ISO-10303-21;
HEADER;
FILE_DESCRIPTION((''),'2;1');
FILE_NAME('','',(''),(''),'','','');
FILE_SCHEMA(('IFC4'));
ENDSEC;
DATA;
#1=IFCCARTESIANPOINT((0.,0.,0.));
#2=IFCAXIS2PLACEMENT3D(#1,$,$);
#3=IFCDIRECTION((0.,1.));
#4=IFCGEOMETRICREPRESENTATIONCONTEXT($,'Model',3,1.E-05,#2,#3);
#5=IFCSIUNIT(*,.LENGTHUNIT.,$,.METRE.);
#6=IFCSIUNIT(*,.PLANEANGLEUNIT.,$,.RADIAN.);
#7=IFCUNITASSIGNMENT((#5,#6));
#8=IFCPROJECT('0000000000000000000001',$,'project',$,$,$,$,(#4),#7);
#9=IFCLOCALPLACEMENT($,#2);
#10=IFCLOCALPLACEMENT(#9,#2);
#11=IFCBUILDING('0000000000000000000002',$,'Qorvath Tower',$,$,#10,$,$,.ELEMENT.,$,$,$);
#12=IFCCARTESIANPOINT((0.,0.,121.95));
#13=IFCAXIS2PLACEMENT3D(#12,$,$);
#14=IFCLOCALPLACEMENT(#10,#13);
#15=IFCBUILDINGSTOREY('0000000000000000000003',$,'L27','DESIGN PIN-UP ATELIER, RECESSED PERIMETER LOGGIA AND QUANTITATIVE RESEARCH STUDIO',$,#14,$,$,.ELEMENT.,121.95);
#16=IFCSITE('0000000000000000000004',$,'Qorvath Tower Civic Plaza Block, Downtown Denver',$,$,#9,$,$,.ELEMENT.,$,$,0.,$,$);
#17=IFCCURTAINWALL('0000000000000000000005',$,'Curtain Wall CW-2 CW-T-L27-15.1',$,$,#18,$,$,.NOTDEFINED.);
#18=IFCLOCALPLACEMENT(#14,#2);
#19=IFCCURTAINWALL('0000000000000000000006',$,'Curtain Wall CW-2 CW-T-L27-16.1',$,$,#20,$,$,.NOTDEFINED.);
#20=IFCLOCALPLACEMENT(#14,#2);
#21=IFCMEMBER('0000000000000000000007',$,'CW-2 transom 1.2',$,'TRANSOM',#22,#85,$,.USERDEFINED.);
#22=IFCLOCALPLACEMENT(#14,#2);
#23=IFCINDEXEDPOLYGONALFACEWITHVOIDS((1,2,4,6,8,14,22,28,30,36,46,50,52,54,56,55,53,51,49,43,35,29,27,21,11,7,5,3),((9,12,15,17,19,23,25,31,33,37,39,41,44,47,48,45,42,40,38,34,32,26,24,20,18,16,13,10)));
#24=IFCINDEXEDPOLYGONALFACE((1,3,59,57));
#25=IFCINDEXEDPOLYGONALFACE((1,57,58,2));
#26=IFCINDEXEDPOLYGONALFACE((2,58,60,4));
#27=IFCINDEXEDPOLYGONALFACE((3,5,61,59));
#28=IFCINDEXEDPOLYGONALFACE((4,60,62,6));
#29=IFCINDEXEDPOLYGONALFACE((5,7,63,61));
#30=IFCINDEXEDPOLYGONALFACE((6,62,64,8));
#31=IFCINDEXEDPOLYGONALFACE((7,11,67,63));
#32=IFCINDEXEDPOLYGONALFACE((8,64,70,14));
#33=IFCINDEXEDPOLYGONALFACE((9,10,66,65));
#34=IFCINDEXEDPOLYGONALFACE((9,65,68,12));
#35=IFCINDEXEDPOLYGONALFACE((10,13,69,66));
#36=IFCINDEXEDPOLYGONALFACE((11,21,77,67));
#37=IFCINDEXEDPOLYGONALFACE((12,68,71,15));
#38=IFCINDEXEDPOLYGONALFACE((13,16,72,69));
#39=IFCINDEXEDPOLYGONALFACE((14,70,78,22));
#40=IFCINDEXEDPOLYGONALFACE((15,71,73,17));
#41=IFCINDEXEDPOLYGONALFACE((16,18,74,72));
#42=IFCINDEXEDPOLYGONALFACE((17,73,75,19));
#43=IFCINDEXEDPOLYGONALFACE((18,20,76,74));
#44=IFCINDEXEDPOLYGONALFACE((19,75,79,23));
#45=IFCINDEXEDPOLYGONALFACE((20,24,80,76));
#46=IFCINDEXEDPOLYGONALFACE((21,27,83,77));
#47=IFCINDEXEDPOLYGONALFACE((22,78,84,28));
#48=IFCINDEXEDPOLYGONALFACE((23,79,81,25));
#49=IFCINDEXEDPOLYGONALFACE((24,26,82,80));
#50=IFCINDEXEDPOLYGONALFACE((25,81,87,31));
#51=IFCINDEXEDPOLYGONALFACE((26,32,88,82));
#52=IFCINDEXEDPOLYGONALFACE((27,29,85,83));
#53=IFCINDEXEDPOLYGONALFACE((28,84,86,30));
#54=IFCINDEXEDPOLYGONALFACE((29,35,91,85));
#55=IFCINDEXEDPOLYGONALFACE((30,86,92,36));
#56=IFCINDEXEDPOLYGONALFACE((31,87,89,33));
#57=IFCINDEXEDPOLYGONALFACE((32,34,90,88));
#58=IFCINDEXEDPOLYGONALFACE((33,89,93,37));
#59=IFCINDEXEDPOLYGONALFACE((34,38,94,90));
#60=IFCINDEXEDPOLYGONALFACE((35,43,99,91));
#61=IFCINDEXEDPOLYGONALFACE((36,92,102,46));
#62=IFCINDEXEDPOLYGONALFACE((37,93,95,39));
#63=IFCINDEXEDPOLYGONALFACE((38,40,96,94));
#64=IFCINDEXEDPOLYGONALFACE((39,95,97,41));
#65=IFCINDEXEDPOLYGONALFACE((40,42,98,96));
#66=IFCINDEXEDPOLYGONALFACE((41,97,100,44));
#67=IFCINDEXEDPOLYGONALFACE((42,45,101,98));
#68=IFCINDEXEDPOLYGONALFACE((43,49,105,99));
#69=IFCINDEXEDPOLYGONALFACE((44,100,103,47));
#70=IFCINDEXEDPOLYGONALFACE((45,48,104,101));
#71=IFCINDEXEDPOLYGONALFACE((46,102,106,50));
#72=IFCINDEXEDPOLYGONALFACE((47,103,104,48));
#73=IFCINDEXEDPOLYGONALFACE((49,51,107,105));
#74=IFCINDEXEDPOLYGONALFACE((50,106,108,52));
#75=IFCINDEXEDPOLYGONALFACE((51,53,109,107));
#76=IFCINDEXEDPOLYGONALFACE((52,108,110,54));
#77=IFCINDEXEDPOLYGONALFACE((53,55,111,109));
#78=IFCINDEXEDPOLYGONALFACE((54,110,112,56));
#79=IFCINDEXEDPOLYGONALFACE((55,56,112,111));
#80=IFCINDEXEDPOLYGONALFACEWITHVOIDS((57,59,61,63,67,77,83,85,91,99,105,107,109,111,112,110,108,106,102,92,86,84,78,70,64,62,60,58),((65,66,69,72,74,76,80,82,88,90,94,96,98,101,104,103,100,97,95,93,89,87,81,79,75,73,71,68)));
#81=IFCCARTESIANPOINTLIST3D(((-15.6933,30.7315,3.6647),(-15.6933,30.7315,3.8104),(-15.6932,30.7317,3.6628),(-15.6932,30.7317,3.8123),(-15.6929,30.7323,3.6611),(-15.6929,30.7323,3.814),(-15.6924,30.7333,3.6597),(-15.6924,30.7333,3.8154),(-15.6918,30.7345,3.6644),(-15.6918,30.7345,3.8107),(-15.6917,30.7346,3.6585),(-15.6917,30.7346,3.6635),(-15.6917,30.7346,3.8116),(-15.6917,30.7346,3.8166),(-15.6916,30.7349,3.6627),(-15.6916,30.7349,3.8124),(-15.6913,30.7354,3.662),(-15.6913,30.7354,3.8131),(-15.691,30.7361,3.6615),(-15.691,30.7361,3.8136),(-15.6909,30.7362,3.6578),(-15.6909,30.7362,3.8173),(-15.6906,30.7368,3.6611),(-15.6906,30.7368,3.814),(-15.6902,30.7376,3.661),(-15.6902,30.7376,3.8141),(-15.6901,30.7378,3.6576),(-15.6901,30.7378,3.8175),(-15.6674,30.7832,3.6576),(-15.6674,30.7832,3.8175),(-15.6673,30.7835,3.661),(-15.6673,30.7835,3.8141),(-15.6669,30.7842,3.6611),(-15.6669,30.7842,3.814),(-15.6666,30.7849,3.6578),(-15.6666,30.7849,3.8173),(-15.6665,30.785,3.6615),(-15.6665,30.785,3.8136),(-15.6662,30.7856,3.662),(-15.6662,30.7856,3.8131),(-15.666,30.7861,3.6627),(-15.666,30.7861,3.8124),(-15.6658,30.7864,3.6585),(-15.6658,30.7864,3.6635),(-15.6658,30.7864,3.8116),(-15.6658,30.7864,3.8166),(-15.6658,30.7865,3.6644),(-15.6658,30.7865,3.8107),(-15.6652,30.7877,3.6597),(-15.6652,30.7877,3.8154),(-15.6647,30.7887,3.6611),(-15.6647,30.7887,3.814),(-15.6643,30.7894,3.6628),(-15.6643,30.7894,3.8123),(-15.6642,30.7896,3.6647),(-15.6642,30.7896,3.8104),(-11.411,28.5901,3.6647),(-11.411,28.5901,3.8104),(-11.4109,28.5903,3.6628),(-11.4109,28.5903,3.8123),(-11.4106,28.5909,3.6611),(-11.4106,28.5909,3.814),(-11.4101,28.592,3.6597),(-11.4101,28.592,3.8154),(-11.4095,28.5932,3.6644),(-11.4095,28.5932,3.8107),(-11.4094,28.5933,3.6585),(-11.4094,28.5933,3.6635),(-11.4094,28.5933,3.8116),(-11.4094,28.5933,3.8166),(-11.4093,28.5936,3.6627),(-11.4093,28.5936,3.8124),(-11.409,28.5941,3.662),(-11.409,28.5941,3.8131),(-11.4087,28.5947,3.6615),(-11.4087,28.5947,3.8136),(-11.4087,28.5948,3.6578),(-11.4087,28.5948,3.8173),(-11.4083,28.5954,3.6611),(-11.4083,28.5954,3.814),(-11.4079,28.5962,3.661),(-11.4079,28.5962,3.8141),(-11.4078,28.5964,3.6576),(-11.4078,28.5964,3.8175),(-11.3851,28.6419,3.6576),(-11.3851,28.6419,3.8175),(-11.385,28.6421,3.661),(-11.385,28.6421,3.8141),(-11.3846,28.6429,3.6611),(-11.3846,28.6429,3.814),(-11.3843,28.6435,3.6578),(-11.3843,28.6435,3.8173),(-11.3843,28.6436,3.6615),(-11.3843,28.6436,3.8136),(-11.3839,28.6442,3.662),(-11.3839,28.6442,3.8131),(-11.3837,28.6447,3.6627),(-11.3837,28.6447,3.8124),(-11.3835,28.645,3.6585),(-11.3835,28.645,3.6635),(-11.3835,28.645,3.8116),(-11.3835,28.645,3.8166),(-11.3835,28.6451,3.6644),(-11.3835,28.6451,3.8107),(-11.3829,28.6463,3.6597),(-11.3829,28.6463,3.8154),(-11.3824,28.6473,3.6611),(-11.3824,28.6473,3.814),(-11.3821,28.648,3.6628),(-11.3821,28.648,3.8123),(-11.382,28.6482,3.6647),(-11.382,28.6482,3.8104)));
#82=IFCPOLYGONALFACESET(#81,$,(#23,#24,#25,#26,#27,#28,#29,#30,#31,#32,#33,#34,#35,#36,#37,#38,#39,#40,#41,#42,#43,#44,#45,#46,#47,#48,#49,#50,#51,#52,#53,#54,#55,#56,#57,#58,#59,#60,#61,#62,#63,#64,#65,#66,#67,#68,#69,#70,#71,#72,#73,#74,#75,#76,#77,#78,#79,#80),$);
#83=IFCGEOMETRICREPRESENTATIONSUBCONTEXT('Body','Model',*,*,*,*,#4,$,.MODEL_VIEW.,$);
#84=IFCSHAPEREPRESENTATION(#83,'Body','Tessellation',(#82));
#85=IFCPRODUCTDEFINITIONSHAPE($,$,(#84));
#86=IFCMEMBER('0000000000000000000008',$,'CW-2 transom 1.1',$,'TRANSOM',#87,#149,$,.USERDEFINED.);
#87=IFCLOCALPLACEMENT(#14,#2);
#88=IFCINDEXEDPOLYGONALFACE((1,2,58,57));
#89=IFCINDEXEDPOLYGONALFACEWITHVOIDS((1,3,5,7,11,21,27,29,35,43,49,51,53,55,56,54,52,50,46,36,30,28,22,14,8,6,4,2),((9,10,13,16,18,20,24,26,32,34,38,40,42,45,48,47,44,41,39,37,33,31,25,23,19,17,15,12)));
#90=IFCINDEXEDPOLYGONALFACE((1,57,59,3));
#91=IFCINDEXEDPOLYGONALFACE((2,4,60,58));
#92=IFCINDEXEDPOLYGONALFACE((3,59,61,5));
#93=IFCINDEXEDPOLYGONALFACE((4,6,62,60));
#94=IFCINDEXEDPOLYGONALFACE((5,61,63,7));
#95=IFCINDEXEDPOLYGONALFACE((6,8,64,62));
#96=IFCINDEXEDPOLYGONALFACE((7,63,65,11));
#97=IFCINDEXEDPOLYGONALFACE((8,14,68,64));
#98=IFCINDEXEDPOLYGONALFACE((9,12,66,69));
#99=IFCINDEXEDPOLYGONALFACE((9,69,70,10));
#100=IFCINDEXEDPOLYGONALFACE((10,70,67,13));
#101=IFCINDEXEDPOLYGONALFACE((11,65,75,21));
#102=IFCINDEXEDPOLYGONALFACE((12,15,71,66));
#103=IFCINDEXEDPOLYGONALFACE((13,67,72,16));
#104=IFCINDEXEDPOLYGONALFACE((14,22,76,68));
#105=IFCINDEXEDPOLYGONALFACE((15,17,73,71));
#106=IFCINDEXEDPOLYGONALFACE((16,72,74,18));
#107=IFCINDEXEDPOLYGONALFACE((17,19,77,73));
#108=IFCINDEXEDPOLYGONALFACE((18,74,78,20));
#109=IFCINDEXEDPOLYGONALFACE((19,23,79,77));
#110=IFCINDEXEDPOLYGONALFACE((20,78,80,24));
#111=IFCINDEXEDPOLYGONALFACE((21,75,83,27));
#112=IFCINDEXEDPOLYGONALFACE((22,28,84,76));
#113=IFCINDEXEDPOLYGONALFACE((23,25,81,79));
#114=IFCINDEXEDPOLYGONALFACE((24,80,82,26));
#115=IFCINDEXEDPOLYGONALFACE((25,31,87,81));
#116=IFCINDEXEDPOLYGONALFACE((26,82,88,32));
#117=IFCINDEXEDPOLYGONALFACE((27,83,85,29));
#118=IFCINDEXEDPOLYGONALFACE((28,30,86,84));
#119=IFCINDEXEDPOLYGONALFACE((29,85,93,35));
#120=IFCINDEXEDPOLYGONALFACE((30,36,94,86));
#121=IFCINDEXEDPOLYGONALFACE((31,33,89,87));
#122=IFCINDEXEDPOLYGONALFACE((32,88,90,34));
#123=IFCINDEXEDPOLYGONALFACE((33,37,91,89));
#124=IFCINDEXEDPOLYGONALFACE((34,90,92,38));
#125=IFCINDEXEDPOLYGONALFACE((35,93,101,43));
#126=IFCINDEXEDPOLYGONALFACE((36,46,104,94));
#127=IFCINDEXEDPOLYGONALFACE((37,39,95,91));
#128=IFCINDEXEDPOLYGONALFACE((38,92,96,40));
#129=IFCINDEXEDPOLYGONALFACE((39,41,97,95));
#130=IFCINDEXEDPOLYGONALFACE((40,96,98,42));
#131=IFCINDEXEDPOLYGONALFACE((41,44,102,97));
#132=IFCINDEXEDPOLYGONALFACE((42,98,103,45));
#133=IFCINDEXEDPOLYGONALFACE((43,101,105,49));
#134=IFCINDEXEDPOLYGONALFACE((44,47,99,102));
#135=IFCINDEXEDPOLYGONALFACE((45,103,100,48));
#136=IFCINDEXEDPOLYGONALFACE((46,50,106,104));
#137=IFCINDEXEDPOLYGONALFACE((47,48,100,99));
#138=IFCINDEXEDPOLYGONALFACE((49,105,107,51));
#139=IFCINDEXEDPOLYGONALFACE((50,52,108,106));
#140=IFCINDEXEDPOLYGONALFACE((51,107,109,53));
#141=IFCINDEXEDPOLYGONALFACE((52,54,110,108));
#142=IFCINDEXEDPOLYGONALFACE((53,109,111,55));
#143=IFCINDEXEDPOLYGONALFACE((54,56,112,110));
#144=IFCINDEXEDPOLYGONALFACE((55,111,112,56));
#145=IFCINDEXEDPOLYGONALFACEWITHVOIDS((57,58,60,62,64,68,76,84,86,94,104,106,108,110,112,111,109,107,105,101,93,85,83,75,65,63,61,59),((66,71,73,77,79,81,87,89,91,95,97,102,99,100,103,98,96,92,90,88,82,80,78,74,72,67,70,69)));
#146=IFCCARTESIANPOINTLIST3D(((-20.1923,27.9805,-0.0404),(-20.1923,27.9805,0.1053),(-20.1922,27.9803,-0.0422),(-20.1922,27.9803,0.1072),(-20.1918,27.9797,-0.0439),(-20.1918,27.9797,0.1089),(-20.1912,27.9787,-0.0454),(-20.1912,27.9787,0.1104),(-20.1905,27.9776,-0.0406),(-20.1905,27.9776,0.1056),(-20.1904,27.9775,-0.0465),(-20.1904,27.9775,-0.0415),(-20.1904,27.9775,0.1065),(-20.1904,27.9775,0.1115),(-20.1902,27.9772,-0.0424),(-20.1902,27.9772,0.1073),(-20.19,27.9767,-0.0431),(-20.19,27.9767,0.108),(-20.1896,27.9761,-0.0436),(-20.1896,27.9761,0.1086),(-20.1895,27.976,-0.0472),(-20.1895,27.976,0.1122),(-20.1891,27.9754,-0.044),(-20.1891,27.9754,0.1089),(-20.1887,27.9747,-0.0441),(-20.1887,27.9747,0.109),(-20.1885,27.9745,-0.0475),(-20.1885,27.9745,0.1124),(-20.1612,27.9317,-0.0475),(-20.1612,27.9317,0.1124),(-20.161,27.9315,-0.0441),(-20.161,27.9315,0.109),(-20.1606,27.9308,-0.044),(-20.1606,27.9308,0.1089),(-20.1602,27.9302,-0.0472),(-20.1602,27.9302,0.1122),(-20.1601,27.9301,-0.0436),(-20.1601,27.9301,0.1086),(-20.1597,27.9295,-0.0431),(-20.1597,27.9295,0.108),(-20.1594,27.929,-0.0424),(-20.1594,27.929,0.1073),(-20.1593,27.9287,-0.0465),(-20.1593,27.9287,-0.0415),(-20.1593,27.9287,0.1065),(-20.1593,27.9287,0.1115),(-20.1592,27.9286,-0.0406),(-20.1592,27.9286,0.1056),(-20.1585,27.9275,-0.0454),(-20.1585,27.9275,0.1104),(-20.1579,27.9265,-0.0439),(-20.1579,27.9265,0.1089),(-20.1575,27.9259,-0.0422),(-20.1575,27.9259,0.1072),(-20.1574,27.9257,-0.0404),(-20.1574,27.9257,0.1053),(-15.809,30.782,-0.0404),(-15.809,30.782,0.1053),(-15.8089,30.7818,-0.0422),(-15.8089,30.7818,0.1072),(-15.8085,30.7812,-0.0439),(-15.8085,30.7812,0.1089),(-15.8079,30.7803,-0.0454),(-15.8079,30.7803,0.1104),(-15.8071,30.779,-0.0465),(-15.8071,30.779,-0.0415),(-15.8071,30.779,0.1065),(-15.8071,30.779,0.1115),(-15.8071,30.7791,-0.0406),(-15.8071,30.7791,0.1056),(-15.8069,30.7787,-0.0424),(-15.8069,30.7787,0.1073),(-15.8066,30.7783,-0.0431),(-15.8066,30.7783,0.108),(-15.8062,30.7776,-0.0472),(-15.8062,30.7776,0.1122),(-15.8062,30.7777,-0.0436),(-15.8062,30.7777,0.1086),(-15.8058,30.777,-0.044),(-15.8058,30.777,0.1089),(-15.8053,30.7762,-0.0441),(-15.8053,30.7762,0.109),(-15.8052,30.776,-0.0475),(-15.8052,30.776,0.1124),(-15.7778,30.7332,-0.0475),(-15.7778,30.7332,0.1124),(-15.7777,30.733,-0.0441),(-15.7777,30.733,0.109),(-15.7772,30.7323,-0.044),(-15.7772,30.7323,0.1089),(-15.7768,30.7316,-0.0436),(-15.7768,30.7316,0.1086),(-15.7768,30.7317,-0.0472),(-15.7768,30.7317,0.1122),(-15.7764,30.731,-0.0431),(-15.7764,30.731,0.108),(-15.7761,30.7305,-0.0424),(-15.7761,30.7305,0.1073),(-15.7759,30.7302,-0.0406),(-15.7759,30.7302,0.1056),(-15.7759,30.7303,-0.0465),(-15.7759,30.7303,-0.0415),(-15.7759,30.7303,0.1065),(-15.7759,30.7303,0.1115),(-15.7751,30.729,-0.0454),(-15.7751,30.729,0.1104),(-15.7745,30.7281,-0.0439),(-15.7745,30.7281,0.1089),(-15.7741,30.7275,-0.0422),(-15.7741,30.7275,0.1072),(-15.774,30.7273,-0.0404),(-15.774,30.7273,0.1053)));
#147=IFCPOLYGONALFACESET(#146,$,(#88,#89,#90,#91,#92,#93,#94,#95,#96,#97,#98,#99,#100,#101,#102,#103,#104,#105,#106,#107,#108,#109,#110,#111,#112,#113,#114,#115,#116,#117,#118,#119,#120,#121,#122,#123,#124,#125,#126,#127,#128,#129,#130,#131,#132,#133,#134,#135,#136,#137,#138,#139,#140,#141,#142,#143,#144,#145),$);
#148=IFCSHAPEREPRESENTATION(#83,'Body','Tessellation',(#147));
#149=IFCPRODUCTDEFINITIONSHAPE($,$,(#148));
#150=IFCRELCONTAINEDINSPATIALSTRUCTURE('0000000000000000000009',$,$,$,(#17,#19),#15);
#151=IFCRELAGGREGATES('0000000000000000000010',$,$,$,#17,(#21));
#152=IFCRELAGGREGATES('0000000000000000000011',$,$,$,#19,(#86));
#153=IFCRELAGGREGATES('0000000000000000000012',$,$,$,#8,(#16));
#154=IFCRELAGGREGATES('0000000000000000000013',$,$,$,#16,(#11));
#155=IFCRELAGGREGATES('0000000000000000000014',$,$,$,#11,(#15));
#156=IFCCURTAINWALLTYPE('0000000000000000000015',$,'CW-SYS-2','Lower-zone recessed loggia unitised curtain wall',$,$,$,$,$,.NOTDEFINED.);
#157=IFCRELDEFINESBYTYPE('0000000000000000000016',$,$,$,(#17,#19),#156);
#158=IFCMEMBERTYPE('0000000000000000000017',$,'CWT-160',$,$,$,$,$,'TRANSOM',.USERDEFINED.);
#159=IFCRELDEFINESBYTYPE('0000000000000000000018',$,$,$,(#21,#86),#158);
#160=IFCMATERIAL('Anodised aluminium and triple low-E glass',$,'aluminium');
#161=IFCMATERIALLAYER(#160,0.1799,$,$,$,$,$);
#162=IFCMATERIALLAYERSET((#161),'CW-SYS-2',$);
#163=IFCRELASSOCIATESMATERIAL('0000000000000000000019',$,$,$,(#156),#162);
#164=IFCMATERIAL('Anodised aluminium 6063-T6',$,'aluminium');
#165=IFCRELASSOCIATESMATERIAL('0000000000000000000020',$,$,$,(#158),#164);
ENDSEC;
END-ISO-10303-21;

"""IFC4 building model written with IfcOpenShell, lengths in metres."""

from ifc_helpers import new_model, si_unit, direction, frame, origin, origin_2d, place, context, subcontext, project, spatial, hollow_rectangle, extrude, material, layer, layer_set, material_profile, profile_set, type_object, element, aggregate, save


model = new_model("IFC4")

# Units and contexts
model_context = context("Model", 3, precision=1e-05, world=origin(), true_north=direction((0.0, 1.0)))
body_context = subcontext(model_context, "Body", "Model", "MODEL_VIEW")
ifc_project = project(units=[si_unit("LENGTHUNIT", "METRE"), si_unit("PLANEANGLEUNIT", "RADIAN")], contexts=[model_context])

# Site, building, storey
site_placement = place(None, origin())
site = spatial("IfcSite", under=ifc_project, at=site_placement, Name="Qorvath Tower Civic Plaza Block, Downtown Denver", CompositionType="ELEMENT", RefElevation=0.0)
building_placement = place(site_placement, origin())
building = spatial("IfcBuilding", under=site, at=building_placement, Name="Qorvath Tower", CompositionType="ELEMENT")
storey_placement = place(building_placement, frame((0.0, 0.0, 121.95)))
storey = spatial("IfcBuildingStorey", under=building, at=storey_placement, Name="L27", Description="DESIGN PIN-UP ATELIER, RECESSED PERIMETER LOGGIA AND QUANTITATIVE RESEARCH STUDIO", CompositionType="ELEMENT", Elevation=121.95)

# Shared definitions
ifc_material_1 = material(Name="Anodised aluminium and triple low-E glass", Category="aluminium")
ifc_layer_1 = layer(ifc_material_1, 0.1799)
ifc_layer_set_1 = layer_set([ifc_layer_1], Name="CW-SYS-2")
curtain_wall_type = type_object("IfcCurtainWallType", Name="CW-SYS-2", Description="Lower-zone recessed loggia unitised curtain wall", PredefinedType="NOTDEFINED", material=ifc_layer_set_1)

# Curtain wall
curtain_wall_1_placement = place(storey_placement, origin())
curtain_wall_1 = element("IfcCurtainWall", 1, at=curtain_wall_1_placement, inside=storey, type_object=curtain_wall_type, Name="Curtain Wall CW-2 CW-T-L27-15.1", PredefinedType="NOTDEFINED")

# Curtain wall
curtain_wall_2_placement = place(storey_placement, origin())
curtain_wall_2 = element("IfcCurtainWall", 2, at=curtain_wall_2_placement, inside=storey, type_object=curtain_wall_type, Name="Curtain Wall CW-2 CW-T-L27-16.1", PredefinedType="NOTDEFINED")

# Members
ifc_material_2 = material(Name="Anodised aluminium 6063-T6", Category="aluminium")
ifc_material_profile_1 = material_profile(ifc_material_2, hollow_rectangle(XDim=0.0649, YDim=0.1599, WallThickness=0.0034, InnerFilletRadius=0.0034, OuterFilletRadius=0.0071, at=origin_2d()), Name="CWT 160x65")
ifc_profile_set_1 = profile_set([ifc_material_profile_1], Name="Anodised aluminium 6063-T6")
member_type_1 = type_object("IfcMemberType", Name="CWT-160", ElementType="TRANSOM", PredefinedType="USERDEFINED", material=ifc_profile_set_1)
member_1_placement = place(storey_placement, frame((-11.3965, 28.6191, 3.7375), z_axis=(-0.894407, 0.447254, 0.0), x_axis=(-0.447254, -0.894407, 0.0)))
member_1 = element("IfcMember", 3, at=member_1_placement, type_object=member_type_1, Name="CW-2 transom 1.2", ObjectType="TRANSOM", PredefinedType="USERDEFINED", context=body_context, shape_type="SweptSolid", body=[
    extrude(hollow_rectangle(XDim=0.0649, YDim=0.1599, WallThickness=0.0034, InnerFilletRadius=0.0034, OuterFilletRadius=0.0071, at=origin_2d()), origin(), (0.0, 0.0, 1.0), 4.7878),
])
member_2_placement = place(storey_placement, frame((-15.7915, 30.7546, 0.0325), z_axis=(-0.842603, -0.538536, 0.0), x_axis=(0.538536, -0.842603, 0.0)))
member_2 = element("IfcMember", 4, at=member_2_placement, type_object=member_type_1, Name="CW-2 transom 1.1", ObjectType="TRANSOM", PredefinedType="USERDEFINED", context=body_context, shape_type="SweptSolid", body=[
    extrude(hollow_rectangle(XDim=0.0649, YDim=0.1599, WallThickness=0.0034, InnerFilletRadius=0.0034, OuterFilletRadius=0.0071, at=origin_2d()), origin(), (0.0, 0.0, 1.0), 5.2021),
])

aggregate(curtain_wall_1, [member_1])
aggregate(curtain_wall_2, [member_2])

save(model, "model.ifc")
